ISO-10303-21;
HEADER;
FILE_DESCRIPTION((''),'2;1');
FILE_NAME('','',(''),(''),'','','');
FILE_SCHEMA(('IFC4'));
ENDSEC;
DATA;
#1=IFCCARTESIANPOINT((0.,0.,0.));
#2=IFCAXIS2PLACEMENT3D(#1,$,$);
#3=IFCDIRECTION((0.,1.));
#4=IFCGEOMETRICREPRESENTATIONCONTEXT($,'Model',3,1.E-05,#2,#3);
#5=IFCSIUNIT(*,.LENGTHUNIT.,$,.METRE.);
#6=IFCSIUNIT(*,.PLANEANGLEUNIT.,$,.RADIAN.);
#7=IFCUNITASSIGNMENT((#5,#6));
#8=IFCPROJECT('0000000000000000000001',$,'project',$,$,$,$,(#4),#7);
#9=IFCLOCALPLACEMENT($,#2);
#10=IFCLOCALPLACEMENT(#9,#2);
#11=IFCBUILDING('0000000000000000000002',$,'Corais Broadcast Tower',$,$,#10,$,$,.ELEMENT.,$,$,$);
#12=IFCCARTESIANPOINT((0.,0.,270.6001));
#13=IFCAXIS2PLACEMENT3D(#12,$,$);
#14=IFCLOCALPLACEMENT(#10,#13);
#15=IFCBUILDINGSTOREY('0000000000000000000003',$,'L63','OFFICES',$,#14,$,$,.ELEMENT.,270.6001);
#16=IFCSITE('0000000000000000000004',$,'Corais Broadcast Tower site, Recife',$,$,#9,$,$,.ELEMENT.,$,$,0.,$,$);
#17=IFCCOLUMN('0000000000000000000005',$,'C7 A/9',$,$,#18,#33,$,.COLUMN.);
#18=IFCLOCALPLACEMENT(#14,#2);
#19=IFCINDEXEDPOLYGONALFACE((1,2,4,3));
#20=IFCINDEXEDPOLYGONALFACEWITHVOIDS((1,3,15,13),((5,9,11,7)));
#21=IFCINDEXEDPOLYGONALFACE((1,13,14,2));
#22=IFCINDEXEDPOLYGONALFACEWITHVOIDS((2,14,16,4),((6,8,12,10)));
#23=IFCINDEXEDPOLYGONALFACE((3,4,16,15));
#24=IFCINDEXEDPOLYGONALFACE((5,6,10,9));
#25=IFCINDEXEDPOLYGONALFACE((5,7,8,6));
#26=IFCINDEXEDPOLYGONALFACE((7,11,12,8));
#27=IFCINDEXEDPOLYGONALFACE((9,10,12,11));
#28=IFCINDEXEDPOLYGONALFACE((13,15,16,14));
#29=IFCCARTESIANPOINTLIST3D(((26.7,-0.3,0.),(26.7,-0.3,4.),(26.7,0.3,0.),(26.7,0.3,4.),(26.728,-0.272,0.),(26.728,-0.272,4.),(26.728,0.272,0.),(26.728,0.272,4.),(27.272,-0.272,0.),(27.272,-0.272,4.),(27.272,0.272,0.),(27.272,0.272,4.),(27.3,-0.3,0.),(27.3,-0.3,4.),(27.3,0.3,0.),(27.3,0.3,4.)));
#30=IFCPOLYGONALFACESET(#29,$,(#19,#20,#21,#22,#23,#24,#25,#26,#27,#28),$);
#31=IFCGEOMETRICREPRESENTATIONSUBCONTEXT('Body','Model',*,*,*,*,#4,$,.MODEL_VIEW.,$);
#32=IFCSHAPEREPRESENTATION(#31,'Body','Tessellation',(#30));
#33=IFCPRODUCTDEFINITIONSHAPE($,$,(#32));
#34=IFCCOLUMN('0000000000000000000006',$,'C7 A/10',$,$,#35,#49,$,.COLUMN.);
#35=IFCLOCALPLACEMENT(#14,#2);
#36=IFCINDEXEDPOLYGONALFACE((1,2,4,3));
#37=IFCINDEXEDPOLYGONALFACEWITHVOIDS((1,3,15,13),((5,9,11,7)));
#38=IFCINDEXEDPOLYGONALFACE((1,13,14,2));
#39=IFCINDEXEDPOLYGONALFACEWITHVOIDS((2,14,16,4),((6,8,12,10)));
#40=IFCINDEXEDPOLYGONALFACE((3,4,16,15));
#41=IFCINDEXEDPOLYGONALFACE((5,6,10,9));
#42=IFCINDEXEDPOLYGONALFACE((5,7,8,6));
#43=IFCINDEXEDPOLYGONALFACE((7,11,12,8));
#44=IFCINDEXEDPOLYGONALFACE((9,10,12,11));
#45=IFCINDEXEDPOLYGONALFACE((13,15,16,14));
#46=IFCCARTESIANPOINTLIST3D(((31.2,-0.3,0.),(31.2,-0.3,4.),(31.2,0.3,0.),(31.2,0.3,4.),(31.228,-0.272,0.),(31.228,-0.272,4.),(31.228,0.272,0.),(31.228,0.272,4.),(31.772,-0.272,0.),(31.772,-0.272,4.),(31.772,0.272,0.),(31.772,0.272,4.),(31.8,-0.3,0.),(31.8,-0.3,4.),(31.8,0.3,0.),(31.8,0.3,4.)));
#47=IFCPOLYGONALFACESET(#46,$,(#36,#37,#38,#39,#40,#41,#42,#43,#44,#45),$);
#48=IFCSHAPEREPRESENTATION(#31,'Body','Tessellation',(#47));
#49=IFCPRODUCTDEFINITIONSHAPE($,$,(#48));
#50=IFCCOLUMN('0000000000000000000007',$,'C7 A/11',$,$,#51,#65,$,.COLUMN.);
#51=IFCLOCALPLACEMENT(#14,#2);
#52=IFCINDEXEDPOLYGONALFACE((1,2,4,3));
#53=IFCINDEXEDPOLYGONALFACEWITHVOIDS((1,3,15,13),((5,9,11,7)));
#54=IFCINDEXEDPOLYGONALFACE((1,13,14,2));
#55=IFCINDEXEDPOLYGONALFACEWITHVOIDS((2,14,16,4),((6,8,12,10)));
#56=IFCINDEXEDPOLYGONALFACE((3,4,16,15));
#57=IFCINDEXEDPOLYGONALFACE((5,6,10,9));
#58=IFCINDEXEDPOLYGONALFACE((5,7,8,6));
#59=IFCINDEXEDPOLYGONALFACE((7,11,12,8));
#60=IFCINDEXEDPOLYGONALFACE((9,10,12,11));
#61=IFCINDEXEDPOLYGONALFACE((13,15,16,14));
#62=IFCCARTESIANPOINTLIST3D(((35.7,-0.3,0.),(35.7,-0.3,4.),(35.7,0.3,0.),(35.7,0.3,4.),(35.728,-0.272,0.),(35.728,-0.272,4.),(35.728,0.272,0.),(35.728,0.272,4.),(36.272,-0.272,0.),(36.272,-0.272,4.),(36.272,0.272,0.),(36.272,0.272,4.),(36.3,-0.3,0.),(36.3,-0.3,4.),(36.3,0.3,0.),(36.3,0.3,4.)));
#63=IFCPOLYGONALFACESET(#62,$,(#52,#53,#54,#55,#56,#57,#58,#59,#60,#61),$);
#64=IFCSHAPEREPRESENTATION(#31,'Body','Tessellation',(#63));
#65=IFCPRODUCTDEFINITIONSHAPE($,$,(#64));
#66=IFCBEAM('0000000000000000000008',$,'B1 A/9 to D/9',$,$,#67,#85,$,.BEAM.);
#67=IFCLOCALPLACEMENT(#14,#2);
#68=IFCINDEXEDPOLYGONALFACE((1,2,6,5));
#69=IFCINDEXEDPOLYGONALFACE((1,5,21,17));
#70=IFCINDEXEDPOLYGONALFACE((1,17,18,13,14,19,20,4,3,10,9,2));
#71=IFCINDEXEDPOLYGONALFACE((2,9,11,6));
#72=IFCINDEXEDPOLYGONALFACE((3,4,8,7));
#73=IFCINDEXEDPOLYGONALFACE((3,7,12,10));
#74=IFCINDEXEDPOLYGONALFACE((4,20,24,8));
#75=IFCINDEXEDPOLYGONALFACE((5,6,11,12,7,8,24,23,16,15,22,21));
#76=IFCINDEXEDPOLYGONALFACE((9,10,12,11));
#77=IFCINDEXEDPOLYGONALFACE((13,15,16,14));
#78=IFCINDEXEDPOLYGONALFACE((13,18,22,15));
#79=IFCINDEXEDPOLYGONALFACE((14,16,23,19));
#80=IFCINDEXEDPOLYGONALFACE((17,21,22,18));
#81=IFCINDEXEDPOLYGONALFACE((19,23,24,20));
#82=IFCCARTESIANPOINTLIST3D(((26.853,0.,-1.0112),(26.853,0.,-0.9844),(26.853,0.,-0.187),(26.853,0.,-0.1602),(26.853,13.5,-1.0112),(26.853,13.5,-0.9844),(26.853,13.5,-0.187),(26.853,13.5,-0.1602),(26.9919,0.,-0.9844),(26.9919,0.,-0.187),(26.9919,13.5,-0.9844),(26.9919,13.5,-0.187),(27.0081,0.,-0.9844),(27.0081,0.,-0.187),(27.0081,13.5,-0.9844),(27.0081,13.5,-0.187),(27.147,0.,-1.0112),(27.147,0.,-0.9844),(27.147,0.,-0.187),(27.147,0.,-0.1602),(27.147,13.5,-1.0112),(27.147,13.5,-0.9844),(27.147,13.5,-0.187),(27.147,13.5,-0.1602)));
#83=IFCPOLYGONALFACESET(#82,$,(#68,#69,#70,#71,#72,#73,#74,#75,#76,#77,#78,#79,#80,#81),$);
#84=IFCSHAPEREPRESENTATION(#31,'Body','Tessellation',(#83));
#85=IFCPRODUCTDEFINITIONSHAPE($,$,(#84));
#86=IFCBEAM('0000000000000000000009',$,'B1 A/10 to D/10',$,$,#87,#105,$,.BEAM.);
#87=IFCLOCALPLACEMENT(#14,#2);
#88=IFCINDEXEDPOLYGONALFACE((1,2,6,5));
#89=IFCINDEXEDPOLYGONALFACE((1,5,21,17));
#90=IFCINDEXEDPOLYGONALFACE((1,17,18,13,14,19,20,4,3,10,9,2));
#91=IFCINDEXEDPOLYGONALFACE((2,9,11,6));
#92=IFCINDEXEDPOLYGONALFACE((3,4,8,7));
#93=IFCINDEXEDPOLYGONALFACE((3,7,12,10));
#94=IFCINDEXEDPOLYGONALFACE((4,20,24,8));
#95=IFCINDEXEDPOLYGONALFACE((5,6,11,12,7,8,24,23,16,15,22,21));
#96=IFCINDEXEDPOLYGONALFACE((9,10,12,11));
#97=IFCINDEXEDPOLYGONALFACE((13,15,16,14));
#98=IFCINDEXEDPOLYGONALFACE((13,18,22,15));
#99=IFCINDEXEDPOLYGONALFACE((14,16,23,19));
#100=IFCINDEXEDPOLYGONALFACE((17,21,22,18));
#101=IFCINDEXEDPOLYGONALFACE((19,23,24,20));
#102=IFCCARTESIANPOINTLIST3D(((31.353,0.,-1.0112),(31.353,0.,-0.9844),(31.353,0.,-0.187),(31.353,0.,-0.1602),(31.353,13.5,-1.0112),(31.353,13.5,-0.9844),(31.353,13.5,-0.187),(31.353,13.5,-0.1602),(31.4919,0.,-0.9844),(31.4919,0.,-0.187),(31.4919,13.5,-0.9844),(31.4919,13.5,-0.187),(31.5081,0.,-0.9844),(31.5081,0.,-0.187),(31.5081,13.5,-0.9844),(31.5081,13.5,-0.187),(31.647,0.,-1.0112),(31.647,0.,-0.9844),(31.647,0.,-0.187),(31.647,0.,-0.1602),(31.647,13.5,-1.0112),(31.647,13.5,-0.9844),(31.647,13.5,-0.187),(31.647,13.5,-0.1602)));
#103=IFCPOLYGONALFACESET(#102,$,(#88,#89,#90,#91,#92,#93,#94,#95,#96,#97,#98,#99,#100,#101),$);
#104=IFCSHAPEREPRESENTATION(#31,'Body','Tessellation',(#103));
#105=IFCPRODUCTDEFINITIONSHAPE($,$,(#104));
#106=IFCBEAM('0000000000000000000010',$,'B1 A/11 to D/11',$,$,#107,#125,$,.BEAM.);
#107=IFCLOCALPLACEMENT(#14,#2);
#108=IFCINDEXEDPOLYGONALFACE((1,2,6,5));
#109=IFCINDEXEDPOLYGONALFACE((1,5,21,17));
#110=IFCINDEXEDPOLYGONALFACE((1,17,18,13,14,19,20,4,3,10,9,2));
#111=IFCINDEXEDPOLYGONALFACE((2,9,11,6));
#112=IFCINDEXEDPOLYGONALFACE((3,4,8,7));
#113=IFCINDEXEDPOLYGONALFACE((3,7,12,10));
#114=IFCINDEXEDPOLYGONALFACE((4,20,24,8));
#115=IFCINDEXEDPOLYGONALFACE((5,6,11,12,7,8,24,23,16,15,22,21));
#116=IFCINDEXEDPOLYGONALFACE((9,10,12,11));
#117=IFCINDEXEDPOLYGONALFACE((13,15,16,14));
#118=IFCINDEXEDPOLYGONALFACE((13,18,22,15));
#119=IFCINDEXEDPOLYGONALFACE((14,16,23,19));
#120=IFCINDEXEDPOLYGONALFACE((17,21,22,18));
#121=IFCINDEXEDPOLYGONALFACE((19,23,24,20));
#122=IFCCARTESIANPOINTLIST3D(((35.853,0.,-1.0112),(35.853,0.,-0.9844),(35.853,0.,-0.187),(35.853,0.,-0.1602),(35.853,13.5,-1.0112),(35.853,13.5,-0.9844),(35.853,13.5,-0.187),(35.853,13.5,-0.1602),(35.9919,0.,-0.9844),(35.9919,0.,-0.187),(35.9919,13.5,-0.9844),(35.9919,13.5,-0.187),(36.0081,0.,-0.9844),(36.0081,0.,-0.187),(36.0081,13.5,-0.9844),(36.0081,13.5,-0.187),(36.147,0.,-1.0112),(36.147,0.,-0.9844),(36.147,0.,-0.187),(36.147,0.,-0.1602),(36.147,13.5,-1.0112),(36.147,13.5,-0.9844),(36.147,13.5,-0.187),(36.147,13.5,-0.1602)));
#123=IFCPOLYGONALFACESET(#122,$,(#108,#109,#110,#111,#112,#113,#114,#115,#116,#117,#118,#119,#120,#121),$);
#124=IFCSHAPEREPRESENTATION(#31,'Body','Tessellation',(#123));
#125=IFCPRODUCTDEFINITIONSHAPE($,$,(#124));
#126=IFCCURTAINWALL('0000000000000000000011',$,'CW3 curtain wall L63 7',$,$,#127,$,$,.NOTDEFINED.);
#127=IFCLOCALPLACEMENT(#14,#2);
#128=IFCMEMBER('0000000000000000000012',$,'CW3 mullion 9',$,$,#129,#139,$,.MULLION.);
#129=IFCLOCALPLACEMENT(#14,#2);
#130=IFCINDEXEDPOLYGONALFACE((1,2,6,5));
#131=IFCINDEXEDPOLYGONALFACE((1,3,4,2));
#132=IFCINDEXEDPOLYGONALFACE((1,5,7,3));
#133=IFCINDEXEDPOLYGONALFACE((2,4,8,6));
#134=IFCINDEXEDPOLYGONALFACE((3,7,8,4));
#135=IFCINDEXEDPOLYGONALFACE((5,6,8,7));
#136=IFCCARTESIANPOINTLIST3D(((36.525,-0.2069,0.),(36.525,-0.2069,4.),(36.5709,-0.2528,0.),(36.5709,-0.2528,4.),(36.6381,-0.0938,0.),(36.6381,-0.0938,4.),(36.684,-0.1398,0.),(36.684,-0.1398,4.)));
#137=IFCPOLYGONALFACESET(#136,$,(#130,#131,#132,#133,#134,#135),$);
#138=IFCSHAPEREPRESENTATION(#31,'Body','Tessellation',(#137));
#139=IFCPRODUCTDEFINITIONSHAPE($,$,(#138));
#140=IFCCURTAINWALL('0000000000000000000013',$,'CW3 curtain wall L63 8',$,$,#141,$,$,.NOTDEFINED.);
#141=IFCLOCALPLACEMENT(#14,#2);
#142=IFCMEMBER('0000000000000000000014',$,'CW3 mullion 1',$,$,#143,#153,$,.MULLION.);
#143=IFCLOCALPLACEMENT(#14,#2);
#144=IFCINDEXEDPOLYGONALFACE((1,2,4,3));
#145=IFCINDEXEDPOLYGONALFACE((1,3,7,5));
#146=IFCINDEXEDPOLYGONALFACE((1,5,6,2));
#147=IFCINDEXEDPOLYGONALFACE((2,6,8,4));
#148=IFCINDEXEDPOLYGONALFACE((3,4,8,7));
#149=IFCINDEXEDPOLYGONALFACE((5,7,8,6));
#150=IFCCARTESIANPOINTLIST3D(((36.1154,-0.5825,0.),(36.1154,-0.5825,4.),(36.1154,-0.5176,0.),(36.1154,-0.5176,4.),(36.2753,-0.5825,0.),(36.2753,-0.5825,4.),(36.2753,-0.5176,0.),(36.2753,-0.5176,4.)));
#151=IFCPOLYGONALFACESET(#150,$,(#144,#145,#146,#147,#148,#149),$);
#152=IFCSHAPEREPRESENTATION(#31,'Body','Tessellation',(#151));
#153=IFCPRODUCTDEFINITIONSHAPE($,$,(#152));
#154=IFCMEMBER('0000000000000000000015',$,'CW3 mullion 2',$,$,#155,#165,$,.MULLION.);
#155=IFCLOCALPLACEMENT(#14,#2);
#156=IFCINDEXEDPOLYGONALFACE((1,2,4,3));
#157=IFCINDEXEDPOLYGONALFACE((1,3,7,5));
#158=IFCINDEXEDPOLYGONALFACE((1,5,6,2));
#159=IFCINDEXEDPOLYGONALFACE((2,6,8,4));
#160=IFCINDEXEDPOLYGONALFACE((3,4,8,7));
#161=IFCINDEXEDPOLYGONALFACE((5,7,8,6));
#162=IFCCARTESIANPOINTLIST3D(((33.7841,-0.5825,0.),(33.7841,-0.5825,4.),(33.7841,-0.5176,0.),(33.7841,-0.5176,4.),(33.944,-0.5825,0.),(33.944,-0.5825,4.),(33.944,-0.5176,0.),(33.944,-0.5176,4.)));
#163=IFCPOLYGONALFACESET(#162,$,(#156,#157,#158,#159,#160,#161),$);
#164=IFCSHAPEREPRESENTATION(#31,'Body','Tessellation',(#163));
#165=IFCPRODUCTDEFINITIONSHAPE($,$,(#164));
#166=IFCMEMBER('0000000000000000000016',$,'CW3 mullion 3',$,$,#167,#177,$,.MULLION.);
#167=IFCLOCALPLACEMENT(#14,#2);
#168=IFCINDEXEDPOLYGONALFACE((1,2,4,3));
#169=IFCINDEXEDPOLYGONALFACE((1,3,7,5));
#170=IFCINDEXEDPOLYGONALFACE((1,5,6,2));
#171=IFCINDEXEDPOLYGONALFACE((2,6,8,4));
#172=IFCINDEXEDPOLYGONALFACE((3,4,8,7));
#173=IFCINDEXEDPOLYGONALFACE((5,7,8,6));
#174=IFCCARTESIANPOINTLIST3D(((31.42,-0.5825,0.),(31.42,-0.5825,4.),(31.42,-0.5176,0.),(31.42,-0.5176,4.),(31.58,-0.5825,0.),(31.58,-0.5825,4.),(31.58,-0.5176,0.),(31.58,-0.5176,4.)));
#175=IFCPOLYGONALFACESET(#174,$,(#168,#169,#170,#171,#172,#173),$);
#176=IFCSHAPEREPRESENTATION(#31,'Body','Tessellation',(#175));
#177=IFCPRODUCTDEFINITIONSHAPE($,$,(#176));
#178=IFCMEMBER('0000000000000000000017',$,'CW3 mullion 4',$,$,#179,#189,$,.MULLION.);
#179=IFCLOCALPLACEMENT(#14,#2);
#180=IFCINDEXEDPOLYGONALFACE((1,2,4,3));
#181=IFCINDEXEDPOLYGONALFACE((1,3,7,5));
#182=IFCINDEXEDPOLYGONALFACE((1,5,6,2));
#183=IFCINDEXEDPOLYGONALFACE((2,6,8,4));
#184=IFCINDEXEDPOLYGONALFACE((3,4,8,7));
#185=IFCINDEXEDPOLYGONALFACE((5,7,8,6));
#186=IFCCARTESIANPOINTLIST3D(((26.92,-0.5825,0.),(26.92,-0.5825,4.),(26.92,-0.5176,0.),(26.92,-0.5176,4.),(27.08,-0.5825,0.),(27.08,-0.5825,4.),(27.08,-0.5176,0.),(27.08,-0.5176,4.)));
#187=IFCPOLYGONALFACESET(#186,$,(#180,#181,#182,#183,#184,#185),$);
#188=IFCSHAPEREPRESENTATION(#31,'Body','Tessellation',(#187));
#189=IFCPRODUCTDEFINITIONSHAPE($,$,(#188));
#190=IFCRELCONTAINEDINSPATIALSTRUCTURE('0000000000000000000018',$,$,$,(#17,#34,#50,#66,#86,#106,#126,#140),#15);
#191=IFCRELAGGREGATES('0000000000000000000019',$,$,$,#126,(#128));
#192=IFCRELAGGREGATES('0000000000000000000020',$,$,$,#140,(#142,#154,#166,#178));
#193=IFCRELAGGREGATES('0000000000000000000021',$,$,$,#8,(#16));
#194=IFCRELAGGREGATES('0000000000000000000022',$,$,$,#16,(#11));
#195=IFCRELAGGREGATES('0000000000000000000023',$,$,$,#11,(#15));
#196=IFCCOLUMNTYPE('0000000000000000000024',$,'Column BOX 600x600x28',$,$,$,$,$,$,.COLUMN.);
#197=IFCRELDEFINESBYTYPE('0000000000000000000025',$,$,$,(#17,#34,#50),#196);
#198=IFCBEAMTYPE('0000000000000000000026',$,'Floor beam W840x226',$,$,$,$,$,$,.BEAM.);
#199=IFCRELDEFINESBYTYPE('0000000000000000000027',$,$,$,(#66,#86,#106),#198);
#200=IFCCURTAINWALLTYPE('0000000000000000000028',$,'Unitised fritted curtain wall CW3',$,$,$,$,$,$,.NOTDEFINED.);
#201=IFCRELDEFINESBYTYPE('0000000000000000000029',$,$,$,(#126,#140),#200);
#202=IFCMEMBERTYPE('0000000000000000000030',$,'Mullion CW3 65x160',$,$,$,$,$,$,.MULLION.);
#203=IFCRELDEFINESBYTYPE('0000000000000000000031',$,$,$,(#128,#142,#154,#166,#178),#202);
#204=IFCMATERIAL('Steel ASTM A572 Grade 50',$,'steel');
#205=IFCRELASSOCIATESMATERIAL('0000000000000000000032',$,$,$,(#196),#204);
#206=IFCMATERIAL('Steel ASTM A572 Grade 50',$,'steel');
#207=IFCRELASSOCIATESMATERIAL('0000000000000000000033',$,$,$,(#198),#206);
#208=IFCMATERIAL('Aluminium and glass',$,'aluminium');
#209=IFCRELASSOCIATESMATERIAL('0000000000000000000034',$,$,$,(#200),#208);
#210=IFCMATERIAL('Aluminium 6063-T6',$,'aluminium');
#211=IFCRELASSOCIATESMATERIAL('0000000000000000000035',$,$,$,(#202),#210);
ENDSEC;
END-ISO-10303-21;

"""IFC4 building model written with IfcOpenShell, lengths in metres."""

from ifc_helpers import new_model, si_unit, direction, frame, origin, origin_2d, place, context, subcontext, project, spatial, rectangle, hollow_rectangle, i_section, extrude, material, material_profile, profile_set, type_object, element, aggregate, save


model = new_model("IFC4")

# Units and contexts
model_context = context("Model", 3, precision=1e-05, world=origin(), true_north=direction((0.0, 1.0)))
body_context = subcontext(model_context, "Body", "Model", "MODEL_VIEW")
ifc_project = project(units=[si_unit("LENGTHUNIT", "METRE"), si_unit("PLANEANGLEUNIT", "RADIAN")], contexts=[model_context])

# Site, building, storey
site_placement = place(None, origin())
site = spatial("IfcSite", under=ifc_project, at=site_placement, Name="Corais Broadcast Tower site, Recife", CompositionType="ELEMENT", RefElevation=0.0)
building_placement = place(site_placement, origin())
building = spatial("IfcBuilding", under=site, at=building_placement, Name="Corais Broadcast Tower", CompositionType="ELEMENT")
storey_placement = place(building_placement, frame((0.0, 0.0, 270.6001)))
storey = spatial("IfcBuildingStorey", under=building, at=storey_placement, Name="L63", Description="OFFICES", CompositionType="ELEMENT", Elevation=270.6001)

# Columns
ifc_material_1 = material(Name="Steel ASTM A572 Grade 50", Category="steel")
ifc_material_profile_1 = material_profile(ifc_material_1, hollow_rectangle(XDim=0.6001, YDim=0.6001, WallThickness=0.0281, at=origin_2d()), Name="BOX 600x600x28")
ifc_profile_set_1 = profile_set([ifc_material_profile_1], Name="Steel ASTM A572 Grade 50")
column_type = type_object("IfcColumnType", Name="Column BOX 600x600x28", PredefinedType="COLUMN", material=ifc_profile_set_1)
for number, where, z_axis, x_axis, name in (
    (1, (27.0, 0.0, 0.0), (0.0, 0.0, 1.0), (1.0, 0.0, 0.0), "C7 A/9"),
    (2, (31.5, 0.0, 0.0), (0.0, 0.0, 1.0), (1.0, 0.0, 0.0), "C7 A/10"),
    (3, (36.0, 0.0, 0.0), (0.0, 0.0, 1.0), (1.0, 0.0, 0.0), "C7 A/11"),
):
    element("IfcColumn", number, at=place(storey_placement, frame(where, z_axis=z_axis, x_axis=x_axis)), inside=storey, type_object=column_type, Name=name, PredefinedType="COLUMN", context=body_context, shape_type="SweptSolid", body=[
        extrude(hollow_rectangle(XDim=0.6001, YDim=0.6001, WallThickness=0.0281, at=origin_2d()), origin(), (0.0, 0.0, 1.0), 4.0),
    ])

# Beams
ifc_material_2 = material(Name="Steel ASTM A572 Grade 50", Category="steel")
ifc_material_profile_2 = material_profile(ifc_material_2, i_section(OverallWidth=0.2939, OverallDepth=0.8511, WebThickness=0.0161, FlangeThickness=0.0269, at=origin_2d()), Name="W840x226")
ifc_profile_set_2 = profile_set([ifc_material_profile_2], Name="Steel ASTM A572 Grade 50")
beam_type_1 = type_object("IfcBeamType", Name="Floor beam W840x226", PredefinedType="BEAM", material=ifc_profile_set_2)
for number, where, z_axis, x_axis, name in (
    (4, (27.0, 0.0, -0.5857), (0.0, 1.0, 0.0), (-1.0, 0.0, 0.0), "B1 A/9 to D/9"),
    (5, (31.5, 0.0, -0.5857), (0.0, 1.0, 0.0), (-1.0, 0.0, 0.0), "B1 A/10 to D/10"),
    (6, (36.0, 0.0, -0.5857), (0.0, 1.0, 0.0), (-1.0, 0.0, 0.0), "B1 A/11 to D/11"),
):
    element("IfcBeam", number, at=place(storey_placement, frame(where, z_axis=z_axis, x_axis=x_axis)), inside=storey, type_object=beam_type_1, Name=name, PredefinedType="BEAM", context=body_context, shape_type="SweptSolid", body=[
        extrude(i_section(OverallWidth=0.2939, OverallDepth=0.8511, WebThickness=0.0161, FlangeThickness=0.0269, at=origin_2d()), origin(), (0.0, 0.0, 1.0), 13.5),
    ])

# Curtain wall, member
ifc_material_3 = material(Name="Aluminium and glass", Category="aluminium")
curtain_wall_type = type_object("IfcCurtainWallType", Name="Unitised fritted curtain wall CW3", PredefinedType="NOTDEFINED", material=ifc_material_3)
curtain_wall_1_placement = place(storey_placement, origin())
curtain_wall_1 = element("IfcCurtainWall", 7, at=curtain_wall_1_placement, inside=storey, type_object=curtain_wall_type, Name="CW3 curtain wall L63 7", PredefinedType="NOTDEFINED")
ifc_material_4 = material(Name="Aluminium 6063-T6", Category="aluminium")
ifc_material_profile_3 = material_profile(ifc_material_4, rectangle(XDim=0.0649, YDim=0.1599, at=origin_2d()), Name="Mullion CW3 65x160")
ifc_profile_set_3 = profile_set([ifc_material_profile_3], Name="Aluminium 6063-T6")
member_type_1 = type_object("IfcMemberType", Name="Mullion CW3 65x160", PredefinedType="MULLION", material=ifc_profile_set_3)
member_1_placement = place(storey_placement, frame((36.6045, -0.1733, 0.0), z_axis=(0.0, 0.0, 1.0), x_axis=(0.707107, -0.707107, 0.0)))
member_1 = element("IfcMember", 8, at=member_1_placement, type_object=member_type_1, Name="CW3 mullion 9", PredefinedType="MULLION", context=body_context, shape_type="SweptSolid", body=[
    extrude(rectangle(XDim=0.0649, YDim=0.1599, at=origin_2d()), origin(), (0.0, 0.0, 1.0), 4.0),
])
aggregate(curtain_wall_1, [member_1])

# Curtain wall, members
curtain_wall_2_placement = place(storey_placement, origin())
curtain_wall_2 = element("IfcCurtainWall", 9, at=curtain_wall_2_placement, inside=storey, type_object=curtain_wall_type, Name="CW3 curtain wall L63 8", PredefinedType="NOTDEFINED")
member_2_placement = place(storey_placement, frame((36.1953, -0.55, 0.0), z_axis=(0.0, 0.0, 1.0), x_axis=(0.0, -1.0, 0.0)))
member_2 = element("IfcMember", 10, at=member_2_placement, type_object=member_type_1, Name="CW3 mullion 1", PredefinedType="MULLION", context=body_context, shape_type="SweptSolid", body=[
    extrude(rectangle(XDim=0.0649, YDim=0.1599, at=origin_2d()), origin(), (0.0, 0.0, 1.0), 4.0),
])
member_3_placement = place(storey_placement, frame((33.864, -0.55, 0.0), z_axis=(0.0, 0.0, 1.0), x_axis=(0.0, -1.0, 0.0)))
member_3 = element("IfcMember", 11, at=member_3_placement, type_object=member_type_1, Name="CW3 mullion 2", PredefinedType="MULLION", context=body_context, shape_type="SweptSolid", body=[
    extrude(rectangle(XDim=0.0649, YDim=0.1599, at=origin_2d()), origin(), (0.0, 0.0, 1.0), 4.0),
])
member_4_placement = place(storey_placement, frame((31.5, -0.55, 0.0), z_axis=(0.0, 0.0, 1.0), x_axis=(0.0, -1.0, 0.0)))
member_4 = element("IfcMember", 12, at=member_4_placement, type_object=member_type_1, Name="CW3 mullion 3", PredefinedType="MULLION", context=body_context, shape_type="SweptSolid", body=[
    extrude(rectangle(XDim=0.0649, YDim=0.1599, at=origin_2d()), origin(), (0.0, 0.0, 1.0), 4.0),
])
member_5_placement = place(storey_placement, frame((27.0, -0.55, 0.0), z_axis=(0.0, 0.0, 1.0), x_axis=(0.0, -1.0, 0.0)))
member_5 = element("IfcMember", 13, at=member_5_placement, type_object=member_type_1, Name="CW3 mullion 4", PredefinedType="MULLION", context=body_context, shape_type="SweptSolid", body=[
    extrude(rectangle(XDim=0.0649, YDim=0.1599, at=origin_2d()), origin(), (0.0, 0.0, 1.0), 4.0),
])

aggregate(curtain_wall_2, [member_2, member_3, member_4, member_5])

save(model, "model.ifc")
